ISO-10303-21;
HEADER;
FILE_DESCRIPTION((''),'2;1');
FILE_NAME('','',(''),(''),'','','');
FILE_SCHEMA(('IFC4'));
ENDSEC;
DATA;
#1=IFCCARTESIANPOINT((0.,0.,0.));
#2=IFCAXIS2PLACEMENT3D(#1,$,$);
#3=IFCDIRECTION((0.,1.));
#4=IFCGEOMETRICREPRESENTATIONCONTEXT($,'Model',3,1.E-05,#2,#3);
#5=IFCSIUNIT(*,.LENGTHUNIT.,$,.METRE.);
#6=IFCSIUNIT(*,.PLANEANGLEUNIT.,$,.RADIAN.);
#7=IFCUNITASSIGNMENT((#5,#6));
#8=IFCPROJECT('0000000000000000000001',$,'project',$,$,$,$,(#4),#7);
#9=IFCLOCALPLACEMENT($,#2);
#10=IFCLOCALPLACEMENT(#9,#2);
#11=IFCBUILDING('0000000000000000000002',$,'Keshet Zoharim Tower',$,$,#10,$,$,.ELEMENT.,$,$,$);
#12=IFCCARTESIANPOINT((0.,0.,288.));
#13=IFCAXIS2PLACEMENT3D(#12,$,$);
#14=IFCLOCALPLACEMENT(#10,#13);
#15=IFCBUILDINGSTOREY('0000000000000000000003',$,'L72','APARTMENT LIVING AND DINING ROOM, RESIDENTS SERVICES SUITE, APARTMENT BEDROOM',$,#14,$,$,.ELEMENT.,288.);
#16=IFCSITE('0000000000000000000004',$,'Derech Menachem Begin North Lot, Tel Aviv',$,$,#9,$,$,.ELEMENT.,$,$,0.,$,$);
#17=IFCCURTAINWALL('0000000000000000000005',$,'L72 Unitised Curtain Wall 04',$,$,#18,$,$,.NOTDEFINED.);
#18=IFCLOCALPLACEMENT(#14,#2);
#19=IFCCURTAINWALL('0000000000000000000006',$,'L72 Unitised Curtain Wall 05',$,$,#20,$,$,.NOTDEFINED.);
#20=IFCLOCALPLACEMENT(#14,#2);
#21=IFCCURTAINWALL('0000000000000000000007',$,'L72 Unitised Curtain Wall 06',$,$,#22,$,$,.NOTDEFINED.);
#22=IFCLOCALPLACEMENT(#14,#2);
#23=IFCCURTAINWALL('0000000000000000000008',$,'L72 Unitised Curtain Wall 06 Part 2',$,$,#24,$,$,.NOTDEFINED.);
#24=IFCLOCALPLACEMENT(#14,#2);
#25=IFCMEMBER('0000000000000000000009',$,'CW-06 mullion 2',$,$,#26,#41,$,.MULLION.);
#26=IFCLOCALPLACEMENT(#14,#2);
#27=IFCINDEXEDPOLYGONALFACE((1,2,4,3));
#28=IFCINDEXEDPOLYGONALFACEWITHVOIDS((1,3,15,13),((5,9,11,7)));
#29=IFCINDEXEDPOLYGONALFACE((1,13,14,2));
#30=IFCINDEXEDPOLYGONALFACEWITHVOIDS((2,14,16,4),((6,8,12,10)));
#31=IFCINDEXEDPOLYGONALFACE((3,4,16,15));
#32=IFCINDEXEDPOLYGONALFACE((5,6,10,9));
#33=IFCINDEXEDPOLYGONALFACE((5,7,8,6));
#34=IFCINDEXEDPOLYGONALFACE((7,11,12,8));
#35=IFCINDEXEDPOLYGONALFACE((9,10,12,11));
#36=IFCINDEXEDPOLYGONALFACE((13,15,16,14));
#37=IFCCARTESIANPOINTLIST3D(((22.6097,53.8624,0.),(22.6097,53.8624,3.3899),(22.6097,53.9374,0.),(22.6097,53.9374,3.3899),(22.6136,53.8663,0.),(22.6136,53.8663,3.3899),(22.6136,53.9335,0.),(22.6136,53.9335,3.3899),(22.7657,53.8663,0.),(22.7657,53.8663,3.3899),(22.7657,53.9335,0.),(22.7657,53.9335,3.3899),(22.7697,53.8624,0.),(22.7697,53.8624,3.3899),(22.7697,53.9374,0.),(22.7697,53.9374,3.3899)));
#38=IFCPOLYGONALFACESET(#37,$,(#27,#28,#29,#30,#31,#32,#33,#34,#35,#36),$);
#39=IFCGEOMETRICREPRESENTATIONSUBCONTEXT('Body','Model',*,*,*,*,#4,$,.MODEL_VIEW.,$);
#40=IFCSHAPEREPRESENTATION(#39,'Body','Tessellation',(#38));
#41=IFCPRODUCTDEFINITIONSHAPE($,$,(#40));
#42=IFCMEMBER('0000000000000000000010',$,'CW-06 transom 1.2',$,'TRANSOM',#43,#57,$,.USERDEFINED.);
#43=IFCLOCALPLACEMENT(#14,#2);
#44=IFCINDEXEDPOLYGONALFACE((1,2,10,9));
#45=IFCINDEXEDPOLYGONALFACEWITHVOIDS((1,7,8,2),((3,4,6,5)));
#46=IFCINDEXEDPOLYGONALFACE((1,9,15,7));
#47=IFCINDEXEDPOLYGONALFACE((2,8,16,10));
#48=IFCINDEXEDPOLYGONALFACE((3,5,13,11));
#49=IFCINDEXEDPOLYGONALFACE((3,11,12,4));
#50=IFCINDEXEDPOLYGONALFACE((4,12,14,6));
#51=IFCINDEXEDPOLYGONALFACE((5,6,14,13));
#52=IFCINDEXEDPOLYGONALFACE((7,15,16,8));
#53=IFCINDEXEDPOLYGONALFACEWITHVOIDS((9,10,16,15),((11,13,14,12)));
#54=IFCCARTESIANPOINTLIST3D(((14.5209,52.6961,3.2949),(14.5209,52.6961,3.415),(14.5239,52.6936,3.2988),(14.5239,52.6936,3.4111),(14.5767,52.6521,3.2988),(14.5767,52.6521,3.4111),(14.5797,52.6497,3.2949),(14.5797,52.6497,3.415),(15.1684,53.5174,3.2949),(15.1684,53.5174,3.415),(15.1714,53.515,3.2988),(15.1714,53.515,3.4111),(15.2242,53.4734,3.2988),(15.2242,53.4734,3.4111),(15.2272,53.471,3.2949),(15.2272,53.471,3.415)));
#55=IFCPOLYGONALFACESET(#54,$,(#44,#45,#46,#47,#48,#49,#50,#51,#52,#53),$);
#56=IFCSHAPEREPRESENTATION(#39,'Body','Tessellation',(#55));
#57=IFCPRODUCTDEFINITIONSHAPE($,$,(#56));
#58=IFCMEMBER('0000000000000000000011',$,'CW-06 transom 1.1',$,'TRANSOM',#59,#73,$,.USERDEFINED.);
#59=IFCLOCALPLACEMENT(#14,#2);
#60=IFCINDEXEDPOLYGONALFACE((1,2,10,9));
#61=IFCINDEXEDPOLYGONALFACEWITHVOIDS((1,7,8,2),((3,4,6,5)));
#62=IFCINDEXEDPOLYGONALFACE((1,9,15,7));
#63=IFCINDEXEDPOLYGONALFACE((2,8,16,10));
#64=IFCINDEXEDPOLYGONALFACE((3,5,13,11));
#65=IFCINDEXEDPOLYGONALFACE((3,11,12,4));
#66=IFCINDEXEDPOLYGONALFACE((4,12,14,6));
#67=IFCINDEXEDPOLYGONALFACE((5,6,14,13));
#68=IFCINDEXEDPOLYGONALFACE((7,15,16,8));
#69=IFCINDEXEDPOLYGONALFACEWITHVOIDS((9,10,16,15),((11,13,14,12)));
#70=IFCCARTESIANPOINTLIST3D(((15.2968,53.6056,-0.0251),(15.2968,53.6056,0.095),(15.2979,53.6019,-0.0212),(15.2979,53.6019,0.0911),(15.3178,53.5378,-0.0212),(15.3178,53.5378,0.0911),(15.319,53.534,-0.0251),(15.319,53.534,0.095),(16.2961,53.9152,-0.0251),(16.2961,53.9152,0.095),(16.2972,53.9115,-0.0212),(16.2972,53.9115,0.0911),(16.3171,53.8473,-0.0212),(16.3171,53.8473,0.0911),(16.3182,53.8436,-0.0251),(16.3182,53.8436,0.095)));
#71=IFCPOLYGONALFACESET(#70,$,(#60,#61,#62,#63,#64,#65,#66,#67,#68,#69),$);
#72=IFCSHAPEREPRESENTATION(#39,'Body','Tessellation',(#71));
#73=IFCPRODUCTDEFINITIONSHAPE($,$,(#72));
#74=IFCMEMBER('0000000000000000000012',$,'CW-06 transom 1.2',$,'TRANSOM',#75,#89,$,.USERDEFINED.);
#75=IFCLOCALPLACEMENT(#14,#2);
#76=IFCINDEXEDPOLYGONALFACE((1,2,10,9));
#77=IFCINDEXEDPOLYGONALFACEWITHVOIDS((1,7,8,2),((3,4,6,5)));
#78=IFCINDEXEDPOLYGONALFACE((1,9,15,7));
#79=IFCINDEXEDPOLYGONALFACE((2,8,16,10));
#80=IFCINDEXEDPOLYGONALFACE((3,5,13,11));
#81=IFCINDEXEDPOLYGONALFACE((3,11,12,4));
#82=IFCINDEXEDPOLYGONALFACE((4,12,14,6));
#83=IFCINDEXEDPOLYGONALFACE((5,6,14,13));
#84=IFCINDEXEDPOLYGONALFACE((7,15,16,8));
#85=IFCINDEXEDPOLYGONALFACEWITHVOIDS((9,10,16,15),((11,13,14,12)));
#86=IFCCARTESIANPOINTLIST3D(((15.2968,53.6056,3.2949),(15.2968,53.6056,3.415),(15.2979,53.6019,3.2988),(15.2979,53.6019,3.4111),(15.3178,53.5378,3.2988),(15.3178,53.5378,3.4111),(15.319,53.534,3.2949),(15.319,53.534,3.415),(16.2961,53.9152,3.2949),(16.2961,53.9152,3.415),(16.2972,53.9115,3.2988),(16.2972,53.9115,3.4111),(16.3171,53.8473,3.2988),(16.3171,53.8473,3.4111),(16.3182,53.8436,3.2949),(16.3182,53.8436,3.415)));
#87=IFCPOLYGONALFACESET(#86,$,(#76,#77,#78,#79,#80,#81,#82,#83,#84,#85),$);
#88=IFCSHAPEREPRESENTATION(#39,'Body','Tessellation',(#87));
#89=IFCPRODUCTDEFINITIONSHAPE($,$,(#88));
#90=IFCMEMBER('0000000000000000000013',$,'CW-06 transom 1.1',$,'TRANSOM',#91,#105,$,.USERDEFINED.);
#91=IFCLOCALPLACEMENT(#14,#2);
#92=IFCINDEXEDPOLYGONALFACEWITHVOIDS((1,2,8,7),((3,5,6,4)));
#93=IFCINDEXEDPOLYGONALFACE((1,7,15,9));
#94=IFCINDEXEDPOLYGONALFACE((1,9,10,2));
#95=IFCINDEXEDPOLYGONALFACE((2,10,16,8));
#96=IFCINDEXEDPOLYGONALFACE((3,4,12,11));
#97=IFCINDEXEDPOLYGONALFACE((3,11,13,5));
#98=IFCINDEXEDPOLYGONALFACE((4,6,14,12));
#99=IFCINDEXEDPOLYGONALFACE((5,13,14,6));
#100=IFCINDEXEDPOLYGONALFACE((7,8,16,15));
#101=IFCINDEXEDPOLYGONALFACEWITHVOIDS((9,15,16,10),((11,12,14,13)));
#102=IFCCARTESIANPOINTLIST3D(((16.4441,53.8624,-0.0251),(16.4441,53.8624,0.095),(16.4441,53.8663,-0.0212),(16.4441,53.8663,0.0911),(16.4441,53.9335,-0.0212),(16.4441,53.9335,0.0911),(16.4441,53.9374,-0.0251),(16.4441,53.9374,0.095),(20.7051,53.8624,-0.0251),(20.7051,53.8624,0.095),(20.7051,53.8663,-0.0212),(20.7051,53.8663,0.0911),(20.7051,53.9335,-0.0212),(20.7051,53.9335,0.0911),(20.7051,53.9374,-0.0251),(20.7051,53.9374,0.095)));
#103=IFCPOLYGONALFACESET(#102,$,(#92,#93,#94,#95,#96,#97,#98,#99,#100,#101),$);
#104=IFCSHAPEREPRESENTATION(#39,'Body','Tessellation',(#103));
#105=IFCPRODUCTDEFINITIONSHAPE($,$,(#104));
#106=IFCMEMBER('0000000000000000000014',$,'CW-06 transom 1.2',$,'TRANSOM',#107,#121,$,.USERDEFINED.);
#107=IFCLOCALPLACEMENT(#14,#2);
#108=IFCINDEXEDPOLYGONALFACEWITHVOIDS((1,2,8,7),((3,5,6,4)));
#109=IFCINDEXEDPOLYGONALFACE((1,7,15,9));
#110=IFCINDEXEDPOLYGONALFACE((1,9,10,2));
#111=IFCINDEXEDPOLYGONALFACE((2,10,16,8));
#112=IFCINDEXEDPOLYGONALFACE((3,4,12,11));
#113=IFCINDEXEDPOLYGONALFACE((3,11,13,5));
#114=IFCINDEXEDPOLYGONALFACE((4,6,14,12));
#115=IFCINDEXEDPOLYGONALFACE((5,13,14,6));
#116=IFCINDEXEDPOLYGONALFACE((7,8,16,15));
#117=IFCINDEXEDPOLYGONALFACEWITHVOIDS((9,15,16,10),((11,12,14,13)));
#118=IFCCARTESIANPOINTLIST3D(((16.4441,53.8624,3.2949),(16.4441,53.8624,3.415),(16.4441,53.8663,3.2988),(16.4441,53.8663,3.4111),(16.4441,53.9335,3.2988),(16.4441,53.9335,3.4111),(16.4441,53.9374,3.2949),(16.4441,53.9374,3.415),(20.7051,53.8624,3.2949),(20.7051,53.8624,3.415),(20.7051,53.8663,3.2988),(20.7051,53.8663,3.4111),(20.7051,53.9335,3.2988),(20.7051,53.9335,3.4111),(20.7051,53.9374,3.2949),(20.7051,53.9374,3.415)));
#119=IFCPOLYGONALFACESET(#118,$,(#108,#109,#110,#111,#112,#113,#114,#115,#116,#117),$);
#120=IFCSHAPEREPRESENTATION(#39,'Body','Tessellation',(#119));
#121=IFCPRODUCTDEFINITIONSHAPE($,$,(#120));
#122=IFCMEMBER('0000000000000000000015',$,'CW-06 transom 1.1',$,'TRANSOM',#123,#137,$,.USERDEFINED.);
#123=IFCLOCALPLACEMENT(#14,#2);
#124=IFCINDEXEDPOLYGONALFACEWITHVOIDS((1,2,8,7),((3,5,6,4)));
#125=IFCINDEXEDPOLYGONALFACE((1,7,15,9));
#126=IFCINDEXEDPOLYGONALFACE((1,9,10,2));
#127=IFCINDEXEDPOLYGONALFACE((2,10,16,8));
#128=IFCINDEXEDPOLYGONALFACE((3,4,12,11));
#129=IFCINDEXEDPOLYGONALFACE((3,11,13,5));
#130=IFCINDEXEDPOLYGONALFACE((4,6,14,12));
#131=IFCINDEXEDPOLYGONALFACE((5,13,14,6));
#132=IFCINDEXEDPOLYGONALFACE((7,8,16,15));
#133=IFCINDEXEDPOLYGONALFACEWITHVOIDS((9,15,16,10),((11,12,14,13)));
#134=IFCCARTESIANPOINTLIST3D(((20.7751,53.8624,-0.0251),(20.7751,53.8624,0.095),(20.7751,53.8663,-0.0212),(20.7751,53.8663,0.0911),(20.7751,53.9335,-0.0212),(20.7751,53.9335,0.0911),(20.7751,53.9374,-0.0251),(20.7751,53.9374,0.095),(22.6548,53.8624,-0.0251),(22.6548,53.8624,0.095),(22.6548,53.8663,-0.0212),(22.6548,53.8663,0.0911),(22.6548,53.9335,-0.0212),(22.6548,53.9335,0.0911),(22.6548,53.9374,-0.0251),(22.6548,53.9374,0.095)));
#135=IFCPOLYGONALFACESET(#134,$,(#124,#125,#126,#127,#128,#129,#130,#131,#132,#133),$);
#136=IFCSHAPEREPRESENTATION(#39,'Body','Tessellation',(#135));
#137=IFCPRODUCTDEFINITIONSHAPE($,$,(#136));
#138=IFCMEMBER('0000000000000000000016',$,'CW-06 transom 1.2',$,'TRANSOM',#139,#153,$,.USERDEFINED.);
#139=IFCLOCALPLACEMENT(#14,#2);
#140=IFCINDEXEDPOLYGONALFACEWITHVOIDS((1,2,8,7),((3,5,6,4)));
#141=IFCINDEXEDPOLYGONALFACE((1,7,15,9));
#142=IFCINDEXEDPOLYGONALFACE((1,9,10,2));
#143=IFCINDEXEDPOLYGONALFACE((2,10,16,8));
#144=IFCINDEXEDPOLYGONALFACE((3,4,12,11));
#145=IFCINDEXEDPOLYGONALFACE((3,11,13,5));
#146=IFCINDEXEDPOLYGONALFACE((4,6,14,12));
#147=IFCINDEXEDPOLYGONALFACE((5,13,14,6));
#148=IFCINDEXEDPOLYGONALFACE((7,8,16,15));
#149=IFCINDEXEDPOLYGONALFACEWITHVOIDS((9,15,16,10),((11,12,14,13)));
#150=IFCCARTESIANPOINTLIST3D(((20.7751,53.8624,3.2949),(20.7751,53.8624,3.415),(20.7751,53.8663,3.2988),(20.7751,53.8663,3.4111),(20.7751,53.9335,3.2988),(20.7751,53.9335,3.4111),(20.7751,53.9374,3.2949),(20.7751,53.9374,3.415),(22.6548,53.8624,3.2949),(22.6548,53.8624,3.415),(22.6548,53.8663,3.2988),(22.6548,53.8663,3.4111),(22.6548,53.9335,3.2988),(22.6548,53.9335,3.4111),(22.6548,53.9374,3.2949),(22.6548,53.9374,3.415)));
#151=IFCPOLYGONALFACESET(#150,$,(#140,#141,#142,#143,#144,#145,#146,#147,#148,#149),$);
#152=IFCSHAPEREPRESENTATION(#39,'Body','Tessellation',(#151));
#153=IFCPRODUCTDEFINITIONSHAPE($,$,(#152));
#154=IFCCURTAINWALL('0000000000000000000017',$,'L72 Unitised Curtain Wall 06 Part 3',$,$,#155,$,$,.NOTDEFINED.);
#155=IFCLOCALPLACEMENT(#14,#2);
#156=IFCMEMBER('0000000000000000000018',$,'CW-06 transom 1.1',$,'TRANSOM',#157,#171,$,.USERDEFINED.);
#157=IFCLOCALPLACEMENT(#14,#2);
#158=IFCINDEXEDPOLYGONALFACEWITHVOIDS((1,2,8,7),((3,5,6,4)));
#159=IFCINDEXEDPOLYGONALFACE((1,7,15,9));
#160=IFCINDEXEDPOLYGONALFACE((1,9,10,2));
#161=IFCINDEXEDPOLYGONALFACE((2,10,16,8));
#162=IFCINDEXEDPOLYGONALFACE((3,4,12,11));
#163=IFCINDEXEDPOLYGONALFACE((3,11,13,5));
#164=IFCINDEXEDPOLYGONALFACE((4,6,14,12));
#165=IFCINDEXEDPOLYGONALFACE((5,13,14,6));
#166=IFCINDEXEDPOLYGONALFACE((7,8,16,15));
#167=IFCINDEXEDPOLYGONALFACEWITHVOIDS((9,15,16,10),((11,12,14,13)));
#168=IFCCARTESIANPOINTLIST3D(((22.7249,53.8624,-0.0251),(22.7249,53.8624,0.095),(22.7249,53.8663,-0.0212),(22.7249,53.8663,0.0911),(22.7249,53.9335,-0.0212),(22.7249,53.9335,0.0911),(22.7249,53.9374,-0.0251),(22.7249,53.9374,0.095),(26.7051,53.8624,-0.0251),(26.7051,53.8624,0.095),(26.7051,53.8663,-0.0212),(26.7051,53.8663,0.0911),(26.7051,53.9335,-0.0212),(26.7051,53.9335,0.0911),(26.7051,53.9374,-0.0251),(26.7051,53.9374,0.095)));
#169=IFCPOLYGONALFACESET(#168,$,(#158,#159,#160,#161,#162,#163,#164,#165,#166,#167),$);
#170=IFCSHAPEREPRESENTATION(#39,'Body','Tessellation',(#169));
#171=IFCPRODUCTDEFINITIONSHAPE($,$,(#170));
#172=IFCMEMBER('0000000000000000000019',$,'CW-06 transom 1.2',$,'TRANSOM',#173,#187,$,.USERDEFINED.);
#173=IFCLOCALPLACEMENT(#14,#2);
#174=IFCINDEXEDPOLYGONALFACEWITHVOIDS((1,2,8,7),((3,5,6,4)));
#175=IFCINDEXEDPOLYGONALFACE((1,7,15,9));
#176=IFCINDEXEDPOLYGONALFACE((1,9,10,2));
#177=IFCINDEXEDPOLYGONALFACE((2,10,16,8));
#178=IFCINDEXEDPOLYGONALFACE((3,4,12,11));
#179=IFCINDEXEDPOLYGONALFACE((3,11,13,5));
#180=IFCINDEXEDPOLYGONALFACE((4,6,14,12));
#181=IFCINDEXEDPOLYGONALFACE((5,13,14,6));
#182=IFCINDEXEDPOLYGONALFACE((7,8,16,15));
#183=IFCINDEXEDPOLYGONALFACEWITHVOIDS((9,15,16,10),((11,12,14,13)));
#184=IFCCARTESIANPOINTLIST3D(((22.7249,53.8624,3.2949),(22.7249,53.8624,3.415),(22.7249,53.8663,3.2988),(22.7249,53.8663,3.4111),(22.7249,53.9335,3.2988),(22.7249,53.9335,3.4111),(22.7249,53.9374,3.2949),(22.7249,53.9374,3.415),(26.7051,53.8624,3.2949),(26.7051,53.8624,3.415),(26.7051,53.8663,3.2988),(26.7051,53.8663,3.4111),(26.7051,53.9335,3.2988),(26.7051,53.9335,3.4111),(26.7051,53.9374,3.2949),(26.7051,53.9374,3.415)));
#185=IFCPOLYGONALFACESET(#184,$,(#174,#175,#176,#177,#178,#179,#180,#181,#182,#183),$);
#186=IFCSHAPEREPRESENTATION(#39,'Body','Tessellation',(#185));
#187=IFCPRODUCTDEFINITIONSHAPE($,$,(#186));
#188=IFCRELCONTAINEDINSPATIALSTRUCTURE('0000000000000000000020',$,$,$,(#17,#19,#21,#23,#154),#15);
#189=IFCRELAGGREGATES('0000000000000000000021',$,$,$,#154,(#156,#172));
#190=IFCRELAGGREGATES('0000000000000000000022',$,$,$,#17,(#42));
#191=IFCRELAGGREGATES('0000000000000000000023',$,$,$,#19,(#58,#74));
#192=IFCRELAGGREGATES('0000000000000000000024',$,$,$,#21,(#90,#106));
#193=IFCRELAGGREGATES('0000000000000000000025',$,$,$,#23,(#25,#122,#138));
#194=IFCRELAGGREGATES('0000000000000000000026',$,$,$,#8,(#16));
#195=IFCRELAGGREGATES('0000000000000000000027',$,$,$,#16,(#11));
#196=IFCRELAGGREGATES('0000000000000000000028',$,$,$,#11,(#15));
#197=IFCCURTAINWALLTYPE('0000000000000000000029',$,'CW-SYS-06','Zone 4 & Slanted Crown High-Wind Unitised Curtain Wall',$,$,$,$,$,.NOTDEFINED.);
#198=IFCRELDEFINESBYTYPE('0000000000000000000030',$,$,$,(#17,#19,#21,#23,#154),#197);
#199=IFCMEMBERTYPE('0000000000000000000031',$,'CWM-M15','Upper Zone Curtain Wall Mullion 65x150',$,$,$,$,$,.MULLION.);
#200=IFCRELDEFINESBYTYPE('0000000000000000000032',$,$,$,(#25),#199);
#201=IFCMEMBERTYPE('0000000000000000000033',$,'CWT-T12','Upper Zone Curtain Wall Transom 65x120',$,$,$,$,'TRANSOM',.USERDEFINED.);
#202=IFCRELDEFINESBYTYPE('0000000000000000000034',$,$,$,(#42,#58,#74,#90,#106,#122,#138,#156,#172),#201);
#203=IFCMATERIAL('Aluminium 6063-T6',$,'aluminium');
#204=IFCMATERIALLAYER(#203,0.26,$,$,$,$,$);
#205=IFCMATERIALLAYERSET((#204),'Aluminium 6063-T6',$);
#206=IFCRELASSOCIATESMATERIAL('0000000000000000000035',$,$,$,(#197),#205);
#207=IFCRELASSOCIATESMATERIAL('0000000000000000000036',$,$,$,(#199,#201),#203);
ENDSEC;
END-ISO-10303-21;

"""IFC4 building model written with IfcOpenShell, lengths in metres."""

from ifc_helpers import new_model, si_unit, direction, frame, origin, origin_2d, place, context, subcontext, project, spatial, hollow_rectangle, extrude, material, layer, layer_set, material_profile, profile_set, type_object, element, aggregate, save


model = new_model("IFC4")

# Units and contexts
model_context = context("Model", 3, precision=1e-05, world=origin(), true_north=direction((0.0, 1.0)))
body_context = subcontext(model_context, "Body", "Model", "MODEL_VIEW")
ifc_project = project(units=[si_unit("LENGTHUNIT", "METRE"), si_unit("PLANEANGLEUNIT", "RADIAN")], contexts=[model_context])

# Site, building, storey
site_placement = place(None, origin())
site = spatial("IfcSite", under=ifc_project, at=site_placement, Name="Derech Menachem Begin North Lot, Tel Aviv", CompositionType="ELEMENT", RefElevation=0.0)
building_placement = place(site_placement, origin())
building = spatial("IfcBuilding", under=site, at=building_placement, Name="Keshet Zoharim Tower", CompositionType="ELEMENT")
storey_placement = place(building_placement, frame((0.0, 0.0, 288.0)))
storey = spatial("IfcBuildingStorey", under=building, at=storey_placement, Name="L72", Description="APARTMENT LIVING AND DINING ROOM, RESIDENTS SERVICES SUITE, APARTMENT BEDROOM", CompositionType="ELEMENT", Elevation=288.0)

# Curtain wall
ifc_material_1 = material(Name="Aluminium 6063-T6", Category="aluminium")
ifc_layer_1 = layer(ifc_material_1, 0.26)
ifc_layer_set_1 = layer_set([ifc_layer_1], Name="Aluminium 6063-T6")
curtain_wall_type = type_object("IfcCurtainWallType", Name="CW-SYS-06", Description="Zone 4 & Slanted Crown High-Wind Unitised Curtain Wall", PredefinedType="NOTDEFINED", material=ifc_layer_set_1)
curtain_wall_1_placement = place(storey_placement, origin())
curtain_wall_1 = element("IfcCurtainWall", 1, at=curtain_wall_1_placement, inside=storey, type_object=curtain_wall_type, Name="L72 Unitised Curtain Wall 04", PredefinedType="NOTDEFINED")
ifc_material_profile_1 = material_profile(ifc_material_1, hollow_rectangle(XDim=0.075, YDim=0.1599, WallThickness=0.0039, at=origin_2d()), Name="MUL-75x160")
ifc_profile_set_1 = profile_set([ifc_material_profile_1], Name="Aluminium 6063-T6")
member_type_1 = type_object("IfcMemberType", Name="CWM-M15", Description="Upper Zone Curtain Wall Mullion 65x150", PredefinedType="MULLION", material=ifc_profile_set_1)

# Curtain walls
curtain_wall_2_placement = place(storey_placement, origin())
curtain_wall_2 = element("IfcCurtainWall", 2, at=curtain_wall_2_placement, inside=storey, type_object=curtain_wall_type, Name="L72 Unitised Curtain Wall 05", PredefinedType="NOTDEFINED")
curtain_wall_3_placement = place(storey_placement, origin())
curtain_wall_3 = element("IfcCurtainWall", 3, at=curtain_wall_3_placement, inside=storey, type_object=curtain_wall_type, Name="L72 Unitised Curtain Wall 06", PredefinedType="NOTDEFINED")

# Curtain wall, member
curtain_wall_4_placement = place(storey_placement, origin())
curtain_wall_4 = element("IfcCurtainWall", 4, at=curtain_wall_4_placement, inside=storey, type_object=curtain_wall_type, Name="L72 Unitised Curtain Wall 06 Part 2", PredefinedType="NOTDEFINED")
member_1_placement = place(storey_placement, frame((22.6897, 53.8999, 0.0), z_axis=(0.0, 0.0, 1.0), x_axis=(0.0, 1.0, 0.0)))
member_1 = element("IfcMember", 5, at=member_1_placement, type_object=member_type_1, Name="CW-06 mullion 2", PredefinedType="MULLION", context=body_context, shape_type="SweptSolid", body=[
    extrude(hollow_rectangle(XDim=0.075, YDim=0.1599, WallThickness=0.0039, at=origin_2d()), origin(), (0.0, 0.0, 1.0), 3.3899),
])

# Members
ifc_material_profile_2 = material_profile(ifc_material_1, hollow_rectangle(XDim=0.075, YDim=0.1201, WallThickness=0.0039, at=origin_2d()), Name="TRN-75x120")
ifc_profile_set_2 = profile_set([ifc_material_profile_2], Name="Aluminium 6063-T6")
member_type_2 = type_object("IfcMemberType", Name="CWT-T12", Description="Upper Zone Curtain Wall Transom 65x120", ElementType="TRANSOM", PredefinedType="USERDEFINED", material=ifc_profile_set_2)
member_2_placement = place(storey_placement, frame((14.5503, 52.6729, 3.355), z_axis=(0.619099, 0.785313, 0.0), x_axis=(-0.785313, 0.619099, 0.0)))
member_2 = element("IfcMember", 6, at=member_2_placement, type_object=member_type_2, Name="CW-06 transom 1.2", ObjectType="TRANSOM", PredefinedType="USERDEFINED", context=body_context, shape_type="SweptSolid", body=[
    extrude(hollow_rectangle(XDim=0.075, YDim=0.1201, WallThickness=0.0039, at=origin_2d()), origin(), (0.0, 0.0, 1.0), 1.0459),
])
member_3_placement = place(storey_placement, frame((15.3079, 53.5698, 0.0349), z_axis=(0.955212, 0.295922, 0.0), x_axis=(-0.295922, 0.955212, 0.0)))
member_3 = element("IfcMember", 7, at=member_3_placement, type_object=member_type_2, Name="CW-06 transom 1.1", ObjectType="TRANSOM", PredefinedType="USERDEFINED", context=body_context, shape_type="SweptSolid", body=[
    extrude(hollow_rectangle(XDim=0.075, YDim=0.1201, WallThickness=0.0039, at=origin_2d()), origin(), (0.0, 0.0, 1.0), 1.0461),
])
member_4_placement = place(storey_placement, frame((15.3079, 53.5698, 3.355), z_axis=(0.955212, 0.295922, 0.0), x_axis=(-0.295922, 0.955212, 0.0)))
member_4 = element("IfcMember", 8, at=member_4_placement, type_object=member_type_2, Name="CW-06 transom 1.2", ObjectType="TRANSOM", PredefinedType="USERDEFINED", context=body_context, shape_type="SweptSolid", body=[
    extrude(hollow_rectangle(XDim=0.075, YDim=0.1201, WallThickness=0.0039, at=origin_2d()), origin(), (0.0, 0.0, 1.0), 1.0461),
])
member_5_placement = place(storey_placement, frame((16.4441, 53.8999, 0.0349), z_axis=(1.0, 0.0, 0.0), x_axis=(0.0, 1.0, 0.0)))
member_5 = element("IfcMember", 9, at=member_5_placement, type_object=member_type_2, Name="CW-06 transom 1.1", ObjectType="TRANSOM", PredefinedType="USERDEFINED", context=body_context, shape_type="SweptSolid", body=[
    extrude(hollow_rectangle(XDim=0.075, YDim=0.1201, WallThickness=0.0039, at=origin_2d()), origin(), (0.0, 0.0, 1.0), 4.261),
])
member_6_placement = place(storey_placement, frame((16.4441, 53.8999, 3.355), z_axis=(1.0, 0.0, 0.0), x_axis=(0.0, 1.0, 0.0)))
member_6 = element("IfcMember", 10, at=member_6_placement, type_object=member_type_2, Name="CW-06 transom 1.2", ObjectType="TRANSOM", PredefinedType="USERDEFINED", context=body_context, shape_type="SweptSolid", body=[
    extrude(hollow_rectangle(XDim=0.075, YDim=0.1201, WallThickness=0.0039, at=origin_2d()), origin(), (0.0, 0.0, 1.0), 4.261),
])
member_7_placement = place(storey_placement, frame((20.7751, 53.8999, 0.0349), z_axis=(1.0, 0.0, 0.0), x_axis=(0.0, 1.0, 0.0)))
member_7 = element("IfcMember", 11, at=member_7_placement, type_object=member_type_2, Name="CW-06 transom 1.1", ObjectType="TRANSOM", PredefinedType="USERDEFINED", context=body_context, shape_type="SweptSolid", body=[
    extrude(hollow_rectangle(XDim=0.075, YDim=0.1201, WallThickness=0.0039, at=origin_2d()), origin(), (0.0, 0.0, 1.0), 1.8796),
])
member_8_placement = place(storey_placement, frame((20.7751, 53.8999, 3.355), z_axis=(1.0, 0.0, 0.0), x_axis=(0.0, 1.0, 0.0)))
member_8 = element("IfcMember", 12, at=member_8_placement, type_object=member_type_2, Name="CW-06 transom 1.2", ObjectType="TRANSOM", PredefinedType="USERDEFINED", context=body_context, shape_type="SweptSolid", body=[
    extrude(hollow_rectangle(XDim=0.075, YDim=0.1201, WallThickness=0.0039, at=origin_2d()), origin(), (0.0, 0.0, 1.0), 1.8796),
])

# Curtain wall, members
curtain_wall_5_placement = place(storey_placement, origin())
curtain_wall_5 = element("IfcCurtainWall", 13, at=curtain_wall_5_placement, inside=storey, type_object=curtain_wall_type, Name="L72 Unitised Curtain Wall 06 Part 3", PredefinedType="NOTDEFINED")
member_9_placement = place(storey_placement, frame((22.7249, 53.8999, 0.0349), z_axis=(1.0, 0.0, 0.0), x_axis=(0.0, 1.0, 0.0)))
member_9 = element("IfcMember", 14, at=member_9_placement, type_object=member_type_2, Name="CW-06 transom 1.1", ObjectType="TRANSOM", PredefinedType="USERDEFINED", context=body_context, shape_type="SweptSolid", body=[
    extrude(hollow_rectangle(XDim=0.075, YDim=0.1201, WallThickness=0.0039, at=origin_2d()), origin(), (0.0, 0.0, 1.0), 3.9802),
])
member_10_placement = place(storey_placement, frame((22.7249, 53.8999, 3.355), z_axis=(1.0, 0.0, 0.0), x_axis=(0.0, 1.0, 0.0)))
member_10 = element("IfcMember", 15, at=member_10_placement, type_object=member_type_2, Name="CW-06 transom 1.2", ObjectType="TRANSOM", PredefinedType="USERDEFINED", context=body_context, shape_type="SweptSolid", body=[
    extrude(hollow_rectangle(XDim=0.075, YDim=0.1201, WallThickness=0.0039, at=origin_2d()), origin(), (0.0, 0.0, 1.0), 3.9802),
])
aggregate(curtain_wall_5, [member_9, member_10])

aggregate(curtain_wall_1, [member_2])
aggregate(curtain_wall_2, [member_3, member_4])
aggregate(curtain_wall_3, [member_5, member_6])
aggregate(curtain_wall_4, [member_1, member_7, member_8])

save(model, "model.ifc")
